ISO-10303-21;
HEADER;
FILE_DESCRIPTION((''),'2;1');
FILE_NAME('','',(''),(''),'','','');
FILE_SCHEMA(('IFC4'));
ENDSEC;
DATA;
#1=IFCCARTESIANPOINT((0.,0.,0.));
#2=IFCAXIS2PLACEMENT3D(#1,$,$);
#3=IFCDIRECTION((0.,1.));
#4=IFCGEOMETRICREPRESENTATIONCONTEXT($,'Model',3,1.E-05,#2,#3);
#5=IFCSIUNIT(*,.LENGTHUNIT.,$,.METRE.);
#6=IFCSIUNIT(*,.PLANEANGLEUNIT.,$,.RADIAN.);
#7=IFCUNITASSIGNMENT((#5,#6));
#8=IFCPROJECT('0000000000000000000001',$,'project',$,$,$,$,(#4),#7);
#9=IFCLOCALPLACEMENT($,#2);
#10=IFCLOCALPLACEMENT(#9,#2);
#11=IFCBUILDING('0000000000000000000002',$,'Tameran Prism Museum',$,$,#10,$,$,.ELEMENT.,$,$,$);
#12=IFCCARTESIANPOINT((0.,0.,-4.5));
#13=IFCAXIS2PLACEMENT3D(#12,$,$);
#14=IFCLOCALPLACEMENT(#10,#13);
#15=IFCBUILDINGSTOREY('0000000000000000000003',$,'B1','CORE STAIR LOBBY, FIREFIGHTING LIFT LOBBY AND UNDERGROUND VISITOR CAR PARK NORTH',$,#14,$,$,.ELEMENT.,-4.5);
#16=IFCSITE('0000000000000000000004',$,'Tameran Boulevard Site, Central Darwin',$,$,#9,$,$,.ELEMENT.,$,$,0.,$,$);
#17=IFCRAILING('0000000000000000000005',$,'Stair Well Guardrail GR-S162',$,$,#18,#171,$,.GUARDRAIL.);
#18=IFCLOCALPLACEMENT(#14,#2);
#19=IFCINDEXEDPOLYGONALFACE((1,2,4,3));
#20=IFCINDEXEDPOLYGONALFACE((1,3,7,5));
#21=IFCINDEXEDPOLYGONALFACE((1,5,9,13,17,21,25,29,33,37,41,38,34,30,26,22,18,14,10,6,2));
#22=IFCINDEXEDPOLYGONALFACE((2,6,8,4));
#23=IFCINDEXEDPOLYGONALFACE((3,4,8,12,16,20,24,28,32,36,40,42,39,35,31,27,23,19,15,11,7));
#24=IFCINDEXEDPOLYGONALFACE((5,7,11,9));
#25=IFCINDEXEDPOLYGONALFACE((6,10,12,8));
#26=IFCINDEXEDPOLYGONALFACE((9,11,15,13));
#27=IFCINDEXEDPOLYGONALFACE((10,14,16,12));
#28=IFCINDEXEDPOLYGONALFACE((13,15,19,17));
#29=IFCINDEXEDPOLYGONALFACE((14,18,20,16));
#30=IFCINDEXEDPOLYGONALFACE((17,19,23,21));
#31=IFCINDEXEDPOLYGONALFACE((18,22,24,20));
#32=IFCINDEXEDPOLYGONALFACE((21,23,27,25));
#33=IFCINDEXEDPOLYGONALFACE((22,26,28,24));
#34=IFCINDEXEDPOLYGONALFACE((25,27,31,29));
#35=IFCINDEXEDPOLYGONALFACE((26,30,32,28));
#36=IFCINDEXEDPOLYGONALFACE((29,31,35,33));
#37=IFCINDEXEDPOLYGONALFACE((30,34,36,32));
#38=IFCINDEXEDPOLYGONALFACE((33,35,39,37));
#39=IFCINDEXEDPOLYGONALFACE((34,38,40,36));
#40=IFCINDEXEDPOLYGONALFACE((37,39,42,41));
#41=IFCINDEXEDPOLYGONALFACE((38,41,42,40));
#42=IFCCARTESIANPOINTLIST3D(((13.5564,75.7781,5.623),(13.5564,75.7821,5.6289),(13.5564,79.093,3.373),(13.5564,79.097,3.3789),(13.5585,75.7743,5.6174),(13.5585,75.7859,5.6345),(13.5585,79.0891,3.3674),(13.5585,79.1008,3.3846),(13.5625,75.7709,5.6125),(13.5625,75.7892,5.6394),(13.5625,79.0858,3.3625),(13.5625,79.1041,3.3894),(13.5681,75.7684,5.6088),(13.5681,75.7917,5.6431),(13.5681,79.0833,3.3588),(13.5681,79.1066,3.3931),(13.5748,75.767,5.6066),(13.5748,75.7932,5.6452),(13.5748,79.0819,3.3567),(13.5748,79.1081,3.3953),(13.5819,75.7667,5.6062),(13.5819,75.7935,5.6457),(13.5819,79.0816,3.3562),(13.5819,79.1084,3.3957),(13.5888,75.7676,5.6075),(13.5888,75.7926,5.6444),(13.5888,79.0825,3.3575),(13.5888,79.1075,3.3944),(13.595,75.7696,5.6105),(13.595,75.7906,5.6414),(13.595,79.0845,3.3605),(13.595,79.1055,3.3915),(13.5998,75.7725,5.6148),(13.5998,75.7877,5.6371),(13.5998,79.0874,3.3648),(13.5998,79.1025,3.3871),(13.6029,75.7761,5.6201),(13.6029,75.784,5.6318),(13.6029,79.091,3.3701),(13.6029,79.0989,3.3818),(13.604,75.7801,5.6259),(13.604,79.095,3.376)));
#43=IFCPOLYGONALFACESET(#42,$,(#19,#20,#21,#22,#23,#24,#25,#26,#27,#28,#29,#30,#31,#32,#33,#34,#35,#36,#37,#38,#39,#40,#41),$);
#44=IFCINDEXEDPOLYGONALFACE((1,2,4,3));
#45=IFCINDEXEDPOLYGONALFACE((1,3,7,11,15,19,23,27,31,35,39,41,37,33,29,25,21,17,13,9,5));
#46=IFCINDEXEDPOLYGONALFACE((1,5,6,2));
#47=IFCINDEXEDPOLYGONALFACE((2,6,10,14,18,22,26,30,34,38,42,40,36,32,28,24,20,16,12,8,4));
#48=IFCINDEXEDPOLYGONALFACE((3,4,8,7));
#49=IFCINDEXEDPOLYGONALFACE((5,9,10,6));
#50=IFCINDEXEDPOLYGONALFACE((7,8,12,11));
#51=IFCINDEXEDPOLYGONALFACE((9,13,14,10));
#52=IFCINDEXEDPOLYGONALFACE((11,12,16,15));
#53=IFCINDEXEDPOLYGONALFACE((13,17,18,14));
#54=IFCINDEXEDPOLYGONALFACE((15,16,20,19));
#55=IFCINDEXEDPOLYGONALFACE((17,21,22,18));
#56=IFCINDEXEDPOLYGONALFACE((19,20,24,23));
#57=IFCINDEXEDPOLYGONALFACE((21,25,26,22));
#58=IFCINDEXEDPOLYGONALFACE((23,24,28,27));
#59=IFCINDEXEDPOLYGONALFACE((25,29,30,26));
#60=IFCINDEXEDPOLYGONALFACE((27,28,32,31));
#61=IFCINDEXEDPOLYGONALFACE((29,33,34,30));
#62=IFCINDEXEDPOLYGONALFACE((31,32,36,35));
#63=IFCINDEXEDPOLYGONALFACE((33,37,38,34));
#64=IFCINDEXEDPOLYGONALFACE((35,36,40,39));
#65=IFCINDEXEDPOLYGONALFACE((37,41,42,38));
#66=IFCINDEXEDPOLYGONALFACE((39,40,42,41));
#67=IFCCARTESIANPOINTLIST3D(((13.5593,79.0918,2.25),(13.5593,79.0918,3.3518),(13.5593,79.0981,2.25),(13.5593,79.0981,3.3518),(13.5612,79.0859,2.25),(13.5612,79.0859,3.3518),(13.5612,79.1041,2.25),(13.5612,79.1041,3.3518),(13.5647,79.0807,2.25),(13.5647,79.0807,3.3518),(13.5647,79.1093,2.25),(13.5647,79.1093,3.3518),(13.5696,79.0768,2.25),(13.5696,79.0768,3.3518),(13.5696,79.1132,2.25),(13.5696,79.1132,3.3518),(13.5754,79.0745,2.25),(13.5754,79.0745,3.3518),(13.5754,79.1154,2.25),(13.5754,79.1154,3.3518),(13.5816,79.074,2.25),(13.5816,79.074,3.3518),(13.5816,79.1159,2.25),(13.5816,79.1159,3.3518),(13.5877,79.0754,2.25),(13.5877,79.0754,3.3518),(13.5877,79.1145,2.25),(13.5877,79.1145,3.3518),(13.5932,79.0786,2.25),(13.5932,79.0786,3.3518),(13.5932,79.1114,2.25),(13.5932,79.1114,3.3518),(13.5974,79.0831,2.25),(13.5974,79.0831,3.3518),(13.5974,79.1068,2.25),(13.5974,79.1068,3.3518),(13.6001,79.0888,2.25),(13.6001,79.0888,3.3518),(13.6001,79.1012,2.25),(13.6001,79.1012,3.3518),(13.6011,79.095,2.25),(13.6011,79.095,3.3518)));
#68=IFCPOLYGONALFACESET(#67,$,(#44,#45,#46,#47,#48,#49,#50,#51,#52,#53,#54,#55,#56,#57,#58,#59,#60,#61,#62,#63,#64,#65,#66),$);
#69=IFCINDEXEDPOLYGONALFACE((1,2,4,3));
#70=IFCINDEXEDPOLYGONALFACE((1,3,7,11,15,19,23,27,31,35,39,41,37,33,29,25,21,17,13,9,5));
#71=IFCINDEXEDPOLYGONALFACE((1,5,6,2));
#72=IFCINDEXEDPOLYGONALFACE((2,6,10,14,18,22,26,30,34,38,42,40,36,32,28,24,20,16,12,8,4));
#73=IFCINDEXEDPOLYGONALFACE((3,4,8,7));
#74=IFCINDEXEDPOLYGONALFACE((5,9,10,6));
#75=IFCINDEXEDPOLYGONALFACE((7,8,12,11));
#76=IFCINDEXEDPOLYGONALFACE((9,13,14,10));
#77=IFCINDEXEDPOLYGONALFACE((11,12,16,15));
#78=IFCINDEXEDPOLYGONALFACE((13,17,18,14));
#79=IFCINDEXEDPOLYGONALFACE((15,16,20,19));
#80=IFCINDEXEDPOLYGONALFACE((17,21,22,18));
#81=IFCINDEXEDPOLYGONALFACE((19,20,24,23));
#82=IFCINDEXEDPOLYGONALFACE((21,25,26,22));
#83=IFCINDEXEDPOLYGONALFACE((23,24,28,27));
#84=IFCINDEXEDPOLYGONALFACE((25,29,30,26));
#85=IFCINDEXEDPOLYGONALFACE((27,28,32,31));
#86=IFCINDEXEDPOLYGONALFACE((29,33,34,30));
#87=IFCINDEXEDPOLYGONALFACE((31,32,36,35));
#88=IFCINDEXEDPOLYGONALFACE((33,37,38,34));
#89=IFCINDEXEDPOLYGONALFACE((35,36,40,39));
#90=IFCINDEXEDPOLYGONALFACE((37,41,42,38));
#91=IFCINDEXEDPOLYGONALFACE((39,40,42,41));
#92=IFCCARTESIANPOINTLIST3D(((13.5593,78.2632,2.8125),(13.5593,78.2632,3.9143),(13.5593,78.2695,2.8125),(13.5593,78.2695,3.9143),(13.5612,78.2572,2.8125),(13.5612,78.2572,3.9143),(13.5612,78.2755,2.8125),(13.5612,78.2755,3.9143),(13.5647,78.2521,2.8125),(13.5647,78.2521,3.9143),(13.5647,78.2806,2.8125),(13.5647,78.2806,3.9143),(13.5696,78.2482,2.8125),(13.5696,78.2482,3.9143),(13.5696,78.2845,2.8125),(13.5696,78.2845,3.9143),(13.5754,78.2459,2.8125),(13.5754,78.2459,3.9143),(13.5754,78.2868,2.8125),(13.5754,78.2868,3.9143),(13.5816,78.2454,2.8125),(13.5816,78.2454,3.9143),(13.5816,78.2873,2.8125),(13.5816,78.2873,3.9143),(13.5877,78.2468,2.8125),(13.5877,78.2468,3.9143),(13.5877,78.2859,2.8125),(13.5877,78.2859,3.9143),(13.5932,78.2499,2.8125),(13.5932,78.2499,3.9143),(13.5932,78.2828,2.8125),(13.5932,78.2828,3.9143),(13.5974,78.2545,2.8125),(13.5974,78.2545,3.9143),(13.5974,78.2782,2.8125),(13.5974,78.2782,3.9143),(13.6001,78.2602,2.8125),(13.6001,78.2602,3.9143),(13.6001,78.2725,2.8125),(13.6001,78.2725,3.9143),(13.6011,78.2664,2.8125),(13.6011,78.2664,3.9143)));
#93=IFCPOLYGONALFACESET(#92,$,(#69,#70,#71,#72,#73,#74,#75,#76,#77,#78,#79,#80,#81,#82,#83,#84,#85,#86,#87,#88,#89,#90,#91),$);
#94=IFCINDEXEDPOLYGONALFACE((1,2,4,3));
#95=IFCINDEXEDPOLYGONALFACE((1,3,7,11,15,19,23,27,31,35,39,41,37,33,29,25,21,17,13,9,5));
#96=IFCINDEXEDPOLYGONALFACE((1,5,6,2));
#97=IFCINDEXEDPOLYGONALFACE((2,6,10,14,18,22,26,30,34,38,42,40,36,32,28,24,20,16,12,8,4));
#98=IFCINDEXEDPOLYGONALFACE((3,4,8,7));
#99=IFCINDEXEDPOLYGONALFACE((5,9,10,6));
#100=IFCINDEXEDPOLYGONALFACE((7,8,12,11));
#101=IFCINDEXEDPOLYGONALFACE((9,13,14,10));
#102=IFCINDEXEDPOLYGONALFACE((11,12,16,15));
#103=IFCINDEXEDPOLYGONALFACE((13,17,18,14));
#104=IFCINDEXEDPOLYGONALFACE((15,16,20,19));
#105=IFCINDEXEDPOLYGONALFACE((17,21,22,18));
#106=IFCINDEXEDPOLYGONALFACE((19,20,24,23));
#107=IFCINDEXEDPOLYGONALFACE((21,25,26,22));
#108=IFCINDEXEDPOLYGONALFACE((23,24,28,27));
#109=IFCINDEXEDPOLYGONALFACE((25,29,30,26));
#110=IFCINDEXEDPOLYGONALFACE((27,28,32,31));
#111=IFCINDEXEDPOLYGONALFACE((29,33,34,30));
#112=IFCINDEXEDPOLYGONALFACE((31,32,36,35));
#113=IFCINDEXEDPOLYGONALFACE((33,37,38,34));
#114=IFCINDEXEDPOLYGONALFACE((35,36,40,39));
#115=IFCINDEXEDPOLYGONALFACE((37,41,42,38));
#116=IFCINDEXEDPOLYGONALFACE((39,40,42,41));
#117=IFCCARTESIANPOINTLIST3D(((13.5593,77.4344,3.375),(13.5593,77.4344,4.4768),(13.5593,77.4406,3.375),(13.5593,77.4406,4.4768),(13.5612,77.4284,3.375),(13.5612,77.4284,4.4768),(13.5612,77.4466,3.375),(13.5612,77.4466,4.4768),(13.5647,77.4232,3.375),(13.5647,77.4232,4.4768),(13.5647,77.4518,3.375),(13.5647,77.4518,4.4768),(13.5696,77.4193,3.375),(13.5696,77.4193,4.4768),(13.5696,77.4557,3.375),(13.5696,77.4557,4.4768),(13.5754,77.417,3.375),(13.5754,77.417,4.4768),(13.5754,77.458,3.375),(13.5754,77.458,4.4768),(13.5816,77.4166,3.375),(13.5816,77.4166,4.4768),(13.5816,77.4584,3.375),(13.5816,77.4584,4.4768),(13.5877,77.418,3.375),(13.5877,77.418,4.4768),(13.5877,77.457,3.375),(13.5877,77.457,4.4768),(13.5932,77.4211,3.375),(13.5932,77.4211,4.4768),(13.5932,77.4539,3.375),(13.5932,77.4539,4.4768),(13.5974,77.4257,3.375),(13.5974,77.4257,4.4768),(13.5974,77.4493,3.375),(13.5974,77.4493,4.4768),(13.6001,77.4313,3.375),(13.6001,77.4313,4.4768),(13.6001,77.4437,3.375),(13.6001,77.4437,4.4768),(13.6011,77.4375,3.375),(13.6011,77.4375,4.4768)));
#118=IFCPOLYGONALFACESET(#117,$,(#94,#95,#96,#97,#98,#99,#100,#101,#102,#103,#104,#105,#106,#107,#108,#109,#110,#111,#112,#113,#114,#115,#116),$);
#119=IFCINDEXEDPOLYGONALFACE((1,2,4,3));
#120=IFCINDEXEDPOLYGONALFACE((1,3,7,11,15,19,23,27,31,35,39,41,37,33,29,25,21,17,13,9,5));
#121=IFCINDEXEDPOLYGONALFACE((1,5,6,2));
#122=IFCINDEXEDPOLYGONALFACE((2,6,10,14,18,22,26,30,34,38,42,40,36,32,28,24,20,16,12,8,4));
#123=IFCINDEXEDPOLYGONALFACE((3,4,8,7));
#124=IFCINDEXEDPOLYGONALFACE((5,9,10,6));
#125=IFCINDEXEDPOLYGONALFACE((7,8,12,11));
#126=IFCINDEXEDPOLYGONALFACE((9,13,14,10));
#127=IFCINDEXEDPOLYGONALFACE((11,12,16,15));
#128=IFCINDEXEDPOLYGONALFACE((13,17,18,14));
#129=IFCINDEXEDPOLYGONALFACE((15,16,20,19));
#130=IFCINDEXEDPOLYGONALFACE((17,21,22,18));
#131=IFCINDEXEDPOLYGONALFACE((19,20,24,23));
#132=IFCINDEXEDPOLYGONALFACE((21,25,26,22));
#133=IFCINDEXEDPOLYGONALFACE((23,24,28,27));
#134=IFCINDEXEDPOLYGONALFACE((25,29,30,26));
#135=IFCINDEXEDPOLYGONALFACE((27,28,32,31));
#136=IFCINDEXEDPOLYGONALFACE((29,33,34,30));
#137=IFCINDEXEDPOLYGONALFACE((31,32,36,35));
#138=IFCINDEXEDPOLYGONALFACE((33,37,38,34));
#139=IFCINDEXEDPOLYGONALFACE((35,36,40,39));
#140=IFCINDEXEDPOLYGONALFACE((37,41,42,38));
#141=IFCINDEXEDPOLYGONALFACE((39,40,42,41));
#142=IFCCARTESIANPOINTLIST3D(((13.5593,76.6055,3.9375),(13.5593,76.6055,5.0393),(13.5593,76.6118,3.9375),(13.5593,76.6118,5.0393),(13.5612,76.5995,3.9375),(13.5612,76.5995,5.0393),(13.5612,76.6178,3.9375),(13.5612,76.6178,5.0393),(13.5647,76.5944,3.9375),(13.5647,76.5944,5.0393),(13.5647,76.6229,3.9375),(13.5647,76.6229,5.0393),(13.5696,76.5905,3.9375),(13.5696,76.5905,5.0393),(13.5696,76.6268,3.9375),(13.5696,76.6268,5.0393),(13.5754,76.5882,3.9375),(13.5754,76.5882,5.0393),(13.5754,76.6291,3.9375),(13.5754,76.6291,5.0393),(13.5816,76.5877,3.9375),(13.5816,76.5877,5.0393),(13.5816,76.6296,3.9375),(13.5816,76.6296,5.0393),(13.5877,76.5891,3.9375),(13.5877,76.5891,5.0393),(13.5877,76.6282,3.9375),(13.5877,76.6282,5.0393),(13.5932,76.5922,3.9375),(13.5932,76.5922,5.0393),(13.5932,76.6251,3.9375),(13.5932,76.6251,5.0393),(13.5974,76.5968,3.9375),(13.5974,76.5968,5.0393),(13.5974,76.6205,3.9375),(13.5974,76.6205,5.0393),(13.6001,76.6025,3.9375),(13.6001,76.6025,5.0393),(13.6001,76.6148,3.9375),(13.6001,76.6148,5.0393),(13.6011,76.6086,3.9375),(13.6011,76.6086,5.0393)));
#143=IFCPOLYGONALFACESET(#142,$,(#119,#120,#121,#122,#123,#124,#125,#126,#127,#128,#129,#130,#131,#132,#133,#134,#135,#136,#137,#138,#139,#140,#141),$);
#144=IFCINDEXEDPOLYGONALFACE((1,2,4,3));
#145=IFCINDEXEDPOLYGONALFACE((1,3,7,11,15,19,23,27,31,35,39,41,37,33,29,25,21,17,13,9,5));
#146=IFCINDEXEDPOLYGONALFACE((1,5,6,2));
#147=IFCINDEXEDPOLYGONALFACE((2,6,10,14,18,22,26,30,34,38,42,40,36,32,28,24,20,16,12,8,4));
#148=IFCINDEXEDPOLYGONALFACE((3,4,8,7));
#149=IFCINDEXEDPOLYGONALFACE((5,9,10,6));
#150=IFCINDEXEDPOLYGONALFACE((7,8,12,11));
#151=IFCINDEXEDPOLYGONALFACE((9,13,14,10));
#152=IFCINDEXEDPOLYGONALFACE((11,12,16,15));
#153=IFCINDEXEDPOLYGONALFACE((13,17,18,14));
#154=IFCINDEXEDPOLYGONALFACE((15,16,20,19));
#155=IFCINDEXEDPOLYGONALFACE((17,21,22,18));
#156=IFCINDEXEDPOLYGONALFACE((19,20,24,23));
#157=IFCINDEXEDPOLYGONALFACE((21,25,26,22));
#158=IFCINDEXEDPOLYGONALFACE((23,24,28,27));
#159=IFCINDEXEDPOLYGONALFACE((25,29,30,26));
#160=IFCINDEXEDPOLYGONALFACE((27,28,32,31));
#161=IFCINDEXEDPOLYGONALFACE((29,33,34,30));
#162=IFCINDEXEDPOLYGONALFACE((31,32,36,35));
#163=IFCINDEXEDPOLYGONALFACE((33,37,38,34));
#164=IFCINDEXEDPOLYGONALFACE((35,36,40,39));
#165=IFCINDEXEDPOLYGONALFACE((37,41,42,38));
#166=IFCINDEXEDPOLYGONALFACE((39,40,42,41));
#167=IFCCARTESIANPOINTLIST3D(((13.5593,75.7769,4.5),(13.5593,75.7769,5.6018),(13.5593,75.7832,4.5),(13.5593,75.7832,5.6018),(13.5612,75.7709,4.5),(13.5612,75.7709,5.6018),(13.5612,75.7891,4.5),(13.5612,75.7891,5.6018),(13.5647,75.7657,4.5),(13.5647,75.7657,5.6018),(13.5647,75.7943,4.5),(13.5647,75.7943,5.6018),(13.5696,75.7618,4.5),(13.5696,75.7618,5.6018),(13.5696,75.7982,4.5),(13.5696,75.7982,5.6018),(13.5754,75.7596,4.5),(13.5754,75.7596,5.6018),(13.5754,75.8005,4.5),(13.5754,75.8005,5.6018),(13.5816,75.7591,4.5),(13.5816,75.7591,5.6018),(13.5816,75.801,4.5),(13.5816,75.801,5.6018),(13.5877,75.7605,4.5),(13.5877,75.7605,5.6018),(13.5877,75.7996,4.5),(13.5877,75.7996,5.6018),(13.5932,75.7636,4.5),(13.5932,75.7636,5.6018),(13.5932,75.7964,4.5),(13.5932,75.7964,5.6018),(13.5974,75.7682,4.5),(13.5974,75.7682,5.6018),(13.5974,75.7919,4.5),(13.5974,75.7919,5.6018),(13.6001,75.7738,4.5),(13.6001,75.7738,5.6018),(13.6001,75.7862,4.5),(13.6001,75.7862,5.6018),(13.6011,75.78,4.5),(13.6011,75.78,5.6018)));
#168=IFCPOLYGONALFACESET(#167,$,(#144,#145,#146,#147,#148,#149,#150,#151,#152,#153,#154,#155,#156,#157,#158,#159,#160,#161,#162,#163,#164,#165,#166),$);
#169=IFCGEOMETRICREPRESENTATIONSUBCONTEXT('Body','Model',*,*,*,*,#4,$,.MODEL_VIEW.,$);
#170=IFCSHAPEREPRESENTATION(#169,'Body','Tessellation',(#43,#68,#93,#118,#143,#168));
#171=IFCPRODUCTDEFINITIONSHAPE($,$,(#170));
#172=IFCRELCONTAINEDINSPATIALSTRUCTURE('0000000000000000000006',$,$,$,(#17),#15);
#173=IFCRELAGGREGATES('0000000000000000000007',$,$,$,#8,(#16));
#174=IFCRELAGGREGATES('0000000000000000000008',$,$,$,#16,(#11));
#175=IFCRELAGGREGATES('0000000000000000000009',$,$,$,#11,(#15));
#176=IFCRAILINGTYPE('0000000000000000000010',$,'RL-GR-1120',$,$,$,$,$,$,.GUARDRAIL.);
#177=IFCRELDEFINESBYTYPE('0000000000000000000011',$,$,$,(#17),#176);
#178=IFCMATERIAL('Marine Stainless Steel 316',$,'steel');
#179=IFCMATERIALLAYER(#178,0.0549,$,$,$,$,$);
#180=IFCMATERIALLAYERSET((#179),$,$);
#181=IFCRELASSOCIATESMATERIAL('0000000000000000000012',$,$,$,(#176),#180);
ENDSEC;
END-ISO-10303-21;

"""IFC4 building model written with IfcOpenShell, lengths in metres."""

from ifc_helpers import new_model, si_unit, direction, frame, origin, origin_2d, place, context, subcontext, project, spatial, circle, extrude, material, layer, layer_set, type_object, element, save


model = new_model("IFC4")

# Units and contexts
model_context = context("Model", 3, precision=1e-05, world=origin(), true_north=direction((0.0, 1.0)))
body_context = subcontext(model_context, "Body", "Model", "MODEL_VIEW")
ifc_project = project(units=[si_unit("LENGTHUNIT", "METRE"), si_unit("PLANEANGLEUNIT", "RADIAN")], contexts=[model_context])

# Site, building, storey
site_placement = place(None, origin())
site = spatial("IfcSite", under=ifc_project, at=site_placement, Name="Tameran Boulevard Site, Central Darwin", CompositionType="ELEMENT", RefElevation=0.0)
building_placement = place(site_placement, origin())
building = spatial("IfcBuilding", under=site, at=building_placement, Name="Tameran Prism Museum", CompositionType="ELEMENT")
storey_placement = place(building_placement, frame((0.0, 0.0, -4.5)))
storey = spatial("IfcBuildingStorey", under=building, at=storey_placement, Name="B1", Description="CORE STAIR LOBBY, FIREFIGHTING LIFT LOBBY AND UNDERGROUND VISITOR CAR PARK NORTH", CompositionType="ELEMENT", Elevation=-4.5)

# Railing
ifc_material_1 = material(Name="Marine Stainless Steel 316", Category="steel")
ifc_layer_1 = layer(ifc_material_1, 0.0549)
ifc_layer_set_1 = layer_set([ifc_layer_1])
railing_type_1 = type_object("IfcRailingType", Name="RL-GR-1120", PredefinedType="GUARDRAIL", material=ifc_layer_set_1)
railing_1_placement = place(storey_placement, frame((13.5801, 79.095, 2.25)))
element("IfcRailing", 1, at=railing_1_placement, inside=storey, type_object=railing_type_1, Name="Stair Well Guardrail GR-S162", PredefinedType="GUARDRAIL", context=body_context, shape_type="SweptSolid", body=[
    extrude(circle(Radius=0.0239, at=origin_2d()), frame((0.0, 0.0, 1.126), z_axis=(0.0, -0.827409, 0.5616), x_axis=(1.0, 0.0, 0.0)), (0.0, 0.0, 1.0), 4.0063),
    extrude(circle(Radius=0.021, at=origin_2d()), origin(), (0.0, 0.0, 1.0), 1.1018),
    extrude(circle(Radius=0.021, at=origin_2d()), frame((0.0, -0.8286, 0.5625)), (0.0, 0.0, 1.0), 1.1018),
    extrude(circle(Radius=0.021, at=origin_2d()), frame((0.0, -1.6575, 1.125)), (0.0, 0.0, 1.0), 1.1018),
    extrude(circle(Radius=0.021, at=origin_2d()), frame((0.0, -2.4863, 1.6875)), (0.0, 0.0, 1.0), 1.1018),
    extrude(circle(Radius=0.021, at=origin_2d()), frame((0.0, -3.3149, 2.25)), (0.0, 0.0, 1.0), 1.1018),
])

save(model, "model.ifc")
